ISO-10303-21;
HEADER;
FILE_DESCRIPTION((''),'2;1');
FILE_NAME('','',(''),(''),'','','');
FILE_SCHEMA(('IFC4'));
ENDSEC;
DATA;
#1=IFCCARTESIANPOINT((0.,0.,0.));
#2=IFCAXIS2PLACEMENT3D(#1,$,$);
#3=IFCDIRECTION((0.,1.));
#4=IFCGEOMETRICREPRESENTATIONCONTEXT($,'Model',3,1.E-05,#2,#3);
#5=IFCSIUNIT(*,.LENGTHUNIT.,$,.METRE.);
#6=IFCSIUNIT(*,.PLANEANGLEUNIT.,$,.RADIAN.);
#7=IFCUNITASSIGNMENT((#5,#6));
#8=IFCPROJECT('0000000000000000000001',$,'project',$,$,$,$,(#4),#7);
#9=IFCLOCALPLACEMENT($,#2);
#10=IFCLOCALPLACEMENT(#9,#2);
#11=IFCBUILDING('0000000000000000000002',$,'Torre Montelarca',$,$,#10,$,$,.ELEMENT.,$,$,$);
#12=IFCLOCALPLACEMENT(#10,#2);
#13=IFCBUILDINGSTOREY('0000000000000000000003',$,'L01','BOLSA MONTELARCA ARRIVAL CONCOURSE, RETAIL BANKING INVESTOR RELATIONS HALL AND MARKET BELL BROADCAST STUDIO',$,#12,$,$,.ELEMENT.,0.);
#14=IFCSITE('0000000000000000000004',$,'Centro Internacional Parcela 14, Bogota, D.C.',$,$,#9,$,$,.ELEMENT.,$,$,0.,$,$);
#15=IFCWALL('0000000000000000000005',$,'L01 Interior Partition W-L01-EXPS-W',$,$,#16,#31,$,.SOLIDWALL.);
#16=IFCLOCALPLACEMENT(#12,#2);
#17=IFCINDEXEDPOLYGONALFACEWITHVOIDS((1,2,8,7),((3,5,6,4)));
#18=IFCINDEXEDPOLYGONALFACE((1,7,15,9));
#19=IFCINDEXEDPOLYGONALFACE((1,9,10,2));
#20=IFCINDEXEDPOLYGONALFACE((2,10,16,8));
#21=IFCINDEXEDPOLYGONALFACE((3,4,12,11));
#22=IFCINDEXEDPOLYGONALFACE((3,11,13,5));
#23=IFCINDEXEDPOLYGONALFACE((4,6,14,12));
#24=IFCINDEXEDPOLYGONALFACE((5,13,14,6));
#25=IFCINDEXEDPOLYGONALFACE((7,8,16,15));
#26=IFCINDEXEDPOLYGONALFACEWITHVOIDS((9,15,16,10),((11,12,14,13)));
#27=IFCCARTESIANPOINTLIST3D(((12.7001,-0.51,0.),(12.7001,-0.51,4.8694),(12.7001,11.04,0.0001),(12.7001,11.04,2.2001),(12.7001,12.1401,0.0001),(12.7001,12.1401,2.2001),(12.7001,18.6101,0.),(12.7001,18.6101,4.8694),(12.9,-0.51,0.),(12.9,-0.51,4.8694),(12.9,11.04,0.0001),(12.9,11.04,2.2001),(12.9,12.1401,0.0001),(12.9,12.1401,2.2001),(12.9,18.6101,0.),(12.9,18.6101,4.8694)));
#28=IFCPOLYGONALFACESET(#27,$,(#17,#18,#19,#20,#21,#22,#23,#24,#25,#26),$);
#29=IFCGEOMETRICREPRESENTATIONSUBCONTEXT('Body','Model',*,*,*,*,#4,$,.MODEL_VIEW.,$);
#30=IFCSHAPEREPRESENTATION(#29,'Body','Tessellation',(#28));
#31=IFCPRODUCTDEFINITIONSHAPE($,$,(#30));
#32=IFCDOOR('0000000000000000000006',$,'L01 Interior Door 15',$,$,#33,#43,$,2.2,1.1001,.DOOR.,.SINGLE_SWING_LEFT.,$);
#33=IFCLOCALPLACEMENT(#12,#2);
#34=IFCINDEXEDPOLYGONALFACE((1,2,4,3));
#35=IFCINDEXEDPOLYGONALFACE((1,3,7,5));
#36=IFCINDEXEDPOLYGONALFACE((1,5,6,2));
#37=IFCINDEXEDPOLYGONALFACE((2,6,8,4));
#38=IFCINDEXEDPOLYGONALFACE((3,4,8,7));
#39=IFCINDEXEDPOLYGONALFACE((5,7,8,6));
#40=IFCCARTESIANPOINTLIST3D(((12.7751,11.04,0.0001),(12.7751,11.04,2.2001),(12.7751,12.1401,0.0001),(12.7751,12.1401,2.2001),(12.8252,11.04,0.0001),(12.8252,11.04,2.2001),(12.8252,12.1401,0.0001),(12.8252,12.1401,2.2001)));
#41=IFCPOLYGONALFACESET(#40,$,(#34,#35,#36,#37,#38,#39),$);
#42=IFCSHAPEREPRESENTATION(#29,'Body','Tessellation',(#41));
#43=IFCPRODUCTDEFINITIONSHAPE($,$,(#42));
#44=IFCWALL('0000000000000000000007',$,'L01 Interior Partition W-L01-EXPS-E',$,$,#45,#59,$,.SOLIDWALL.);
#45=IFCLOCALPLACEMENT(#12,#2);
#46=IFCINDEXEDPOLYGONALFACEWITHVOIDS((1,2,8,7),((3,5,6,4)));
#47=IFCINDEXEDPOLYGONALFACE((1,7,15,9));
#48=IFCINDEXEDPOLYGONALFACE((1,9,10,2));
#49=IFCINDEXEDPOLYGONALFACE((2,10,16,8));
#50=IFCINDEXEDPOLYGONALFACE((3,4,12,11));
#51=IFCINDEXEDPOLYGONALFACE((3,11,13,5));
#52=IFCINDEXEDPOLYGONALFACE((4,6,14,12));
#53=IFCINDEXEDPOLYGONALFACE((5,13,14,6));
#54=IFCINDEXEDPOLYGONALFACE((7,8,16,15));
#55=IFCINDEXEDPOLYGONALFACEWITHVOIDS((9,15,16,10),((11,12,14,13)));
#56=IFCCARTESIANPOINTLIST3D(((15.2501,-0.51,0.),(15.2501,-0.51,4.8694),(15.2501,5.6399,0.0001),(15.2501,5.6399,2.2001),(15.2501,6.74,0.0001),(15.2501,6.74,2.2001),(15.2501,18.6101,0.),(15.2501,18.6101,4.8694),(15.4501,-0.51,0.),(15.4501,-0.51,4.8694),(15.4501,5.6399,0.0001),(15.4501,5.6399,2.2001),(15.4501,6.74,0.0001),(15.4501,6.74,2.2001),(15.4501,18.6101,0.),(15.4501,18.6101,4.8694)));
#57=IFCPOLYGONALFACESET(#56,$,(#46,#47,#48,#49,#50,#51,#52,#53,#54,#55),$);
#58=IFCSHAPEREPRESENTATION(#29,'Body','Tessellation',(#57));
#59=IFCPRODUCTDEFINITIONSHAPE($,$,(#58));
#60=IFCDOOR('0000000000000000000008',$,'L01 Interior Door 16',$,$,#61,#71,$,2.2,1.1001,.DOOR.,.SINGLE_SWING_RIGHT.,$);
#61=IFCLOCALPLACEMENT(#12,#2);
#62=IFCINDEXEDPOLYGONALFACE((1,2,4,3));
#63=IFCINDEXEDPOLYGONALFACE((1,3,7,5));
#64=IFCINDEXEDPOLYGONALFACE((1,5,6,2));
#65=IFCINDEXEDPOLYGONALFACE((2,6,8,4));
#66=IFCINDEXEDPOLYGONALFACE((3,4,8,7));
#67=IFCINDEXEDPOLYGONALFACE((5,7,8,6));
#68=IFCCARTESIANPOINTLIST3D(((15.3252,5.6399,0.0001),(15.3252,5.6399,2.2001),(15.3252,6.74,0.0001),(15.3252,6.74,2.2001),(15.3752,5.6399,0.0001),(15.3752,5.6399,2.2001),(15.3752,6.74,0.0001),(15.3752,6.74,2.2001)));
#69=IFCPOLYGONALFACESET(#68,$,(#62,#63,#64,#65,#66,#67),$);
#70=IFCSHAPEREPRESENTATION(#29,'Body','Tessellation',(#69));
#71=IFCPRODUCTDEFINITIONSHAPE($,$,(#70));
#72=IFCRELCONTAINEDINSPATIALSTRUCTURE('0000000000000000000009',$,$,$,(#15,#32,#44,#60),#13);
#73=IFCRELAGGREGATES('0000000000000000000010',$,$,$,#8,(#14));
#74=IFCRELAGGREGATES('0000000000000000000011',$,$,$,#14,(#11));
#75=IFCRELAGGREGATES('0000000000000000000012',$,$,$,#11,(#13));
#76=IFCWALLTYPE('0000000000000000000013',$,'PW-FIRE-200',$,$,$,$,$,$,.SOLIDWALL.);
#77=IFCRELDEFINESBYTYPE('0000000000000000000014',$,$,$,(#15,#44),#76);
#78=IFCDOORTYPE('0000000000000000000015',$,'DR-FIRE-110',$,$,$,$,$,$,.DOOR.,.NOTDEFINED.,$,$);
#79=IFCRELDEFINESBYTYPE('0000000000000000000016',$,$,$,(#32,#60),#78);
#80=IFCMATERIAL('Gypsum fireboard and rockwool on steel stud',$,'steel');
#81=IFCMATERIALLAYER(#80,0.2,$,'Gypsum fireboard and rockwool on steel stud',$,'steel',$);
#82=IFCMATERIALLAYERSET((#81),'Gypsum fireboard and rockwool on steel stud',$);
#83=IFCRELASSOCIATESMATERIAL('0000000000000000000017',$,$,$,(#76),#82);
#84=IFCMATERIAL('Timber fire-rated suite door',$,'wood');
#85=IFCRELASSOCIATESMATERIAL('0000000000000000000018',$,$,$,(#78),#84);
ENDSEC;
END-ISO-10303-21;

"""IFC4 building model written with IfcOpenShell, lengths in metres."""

from ifc_helpers import new_model, si_unit, direction, frame, frame_2d, origin, place, context, subcontext, project, spatial, rectangle, extrude, source, transform, mapped, material, layer, layer_set, type_object, element, fill, save


model = new_model("IFC4")

# Units and contexts
model_context = context("Model", 3, precision=1e-05, world=origin(), true_north=direction((0.0, 1.0)))
body_context = subcontext(model_context, "Body", "Model", "MODEL_VIEW")
ifc_project = project(units=[si_unit("LENGTHUNIT", "METRE"), si_unit("PLANEANGLEUNIT", "RADIAN")], contexts=[model_context])

# Site, building, storey
site_placement = place(None, origin())
site = spatial("IfcSite", under=ifc_project, at=site_placement, Name="Centro Internacional Parcela 14, Bogota, D.C.", CompositionType="ELEMENT", RefElevation=0.0)
building_placement = place(site_placement, origin())
building = spatial("IfcBuilding", under=site, at=building_placement, Name="Torre Montelarca", CompositionType="ELEMENT")
storey_placement = place(building_placement, origin())
storey = spatial("IfcBuildingStorey", under=building, at=storey_placement, Name="L01", Description="BOLSA MONTELARCA ARRIVAL CONCOURSE, RETAIL BANKING INVESTOR RELATIONS HALL AND MARKET BELL BROADCAST STUDIO", CompositionType="ELEMENT", Elevation=0.0)

# Walls, openings, doors
ifc_material_1 = material(Name="Gypsum fireboard and rockwool on steel stud", Category="steel")
ifc_layer_1 = layer(ifc_material_1, 0.2, Name="Gypsum fireboard and rockwool on steel stud", Category="steel")
ifc_layer_set_1 = layer_set([ifc_layer_1], Name="Gypsum fireboard and rockwool on steel stud")
wall_type_1 = type_object("IfcWallType", Name="PW-FIRE-200", PredefinedType="SOLIDWALL", material=ifc_layer_set_1)
wall_1_placement = place(storey_placement, frame((12.8, -0.51, 0.0), z_axis=(0.0, 0.0, 1.0), x_axis=(0.0, 1.0, 0.0)))
wall_1 = element("IfcWall", 1, at=wall_1_placement, inside=storey, type_object=wall_type_1, Name="L01 Interior Partition W-L01-EXPS-W", PredefinedType="SOLIDWALL", context=body_context, shape_type="SweptSolid", body=[
    extrude(rectangle(XDim=19.1201, YDim=0.2, at=frame_2d((9.5601, 0.0))), origin(), (0.0, 0.0, 1.0), 4.8694),
])
opening_1_placement = place(wall_1_placement, frame((11.55, 0.0, 0.0)))
opening_1 = element("IfcOpeningElement", 2, at=opening_1_placement, cuts=wall_1, PredefinedType="OPENING", context=body_context, shape_type="SweptSolid", body=[
    extrude(rectangle(XDim=1.1001, YDim=2.2, at=frame_2d((0.55, 1.1001))), frame((0.0, 0.1099, 0.0), z_axis=(0.0, -1.0, 0.0), x_axis=(1.0, 0.0, 0.0)), (0.0, 0.0, 1.0), 0.22),
])
ifc_material_2 = material(Name="Timber fire-rated suite door", Category="wood")
door_type_1 = type_object("IfcDoorType", Name="DR-FIRE-110", OperationType="NOTDEFINED", PredefinedType="DOOR", material=ifc_material_2)
shared_shape_1 = source(origin(), body_context, "Body", "SweptSolid", [
    extrude(rectangle(XDim=1.1001, YDim=2.2, at=frame_2d((0.55, 1.1001))), frame((0.0, 0.0249, 0.0), z_axis=(0.0, -1.0, 0.0), x_axis=(1.0, 0.0, 0.0)), (0.0, 0.0, 1.0), 0.05),
])
door_1_placement = place(opening_1_placement, origin())
door_1 = element("IfcDoor", 3, at=door_1_placement, inside=storey, type_object=door_type_1, Name="L01 Interior Door 15", OperationType="SINGLE_SWING_LEFT", OverallHeight=2.2, OverallWidth=1.1001, PredefinedType="DOOR", context=body_context, shape_type="MappedRepresentation", body=[
    mapped(shared_shape_1, transform((0.0, 0.0, 0.0), scale=1.0)),
])
fill(opening_1, door_1)
wall_2_placement = place(storey_placement, frame((15.3501, -0.51, 0.0), z_axis=(0.0, 0.0, 1.0), x_axis=(0.0, 1.0, 0.0)))
wall_2 = element("IfcWall", 4, at=wall_2_placement, inside=storey, type_object=wall_type_1, Name="L01 Interior Partition W-L01-EXPS-E", PredefinedType="SOLIDWALL", context=body_context, shape_type="SweptSolid", body=[
    extrude(rectangle(XDim=19.1201, YDim=0.2, at=frame_2d((9.5601, 0.0))), origin(), (0.0, 0.0, 1.0), 4.8694),
])
opening_2_placement = place(wall_2_placement, frame((6.1499, 0.0, 0.0)))
opening_2 = element("IfcOpeningElement", 5, at=opening_2_placement, cuts=wall_2, PredefinedType="OPENING", context=body_context, shape_type="SweptSolid", body=[
    extrude(rectangle(XDim=1.1001, YDim=2.2, at=frame_2d((0.55, 1.1001))), frame((0.0, 0.1099, 0.0), z_axis=(0.0, -1.0, 0.0), x_axis=(1.0, 0.0, 0.0)), (0.0, 0.0, 1.0), 0.22),
])
door_2_placement = place(opening_2_placement, origin())
door_2 = element("IfcDoor", 6, at=door_2_placement, inside=storey, type_object=door_type_1, Name="L01 Interior Door 16", OperationType="SINGLE_SWING_RIGHT", OverallHeight=2.2, OverallWidth=1.1001, PredefinedType="DOOR", context=body_context, shape_type="MappedRepresentation", body=[
    mapped(shared_shape_1, transform((0.0, 0.0, 0.0), scale=1.0)),
])
fill(opening_2, door_2)

save(model, "model.ifc")
